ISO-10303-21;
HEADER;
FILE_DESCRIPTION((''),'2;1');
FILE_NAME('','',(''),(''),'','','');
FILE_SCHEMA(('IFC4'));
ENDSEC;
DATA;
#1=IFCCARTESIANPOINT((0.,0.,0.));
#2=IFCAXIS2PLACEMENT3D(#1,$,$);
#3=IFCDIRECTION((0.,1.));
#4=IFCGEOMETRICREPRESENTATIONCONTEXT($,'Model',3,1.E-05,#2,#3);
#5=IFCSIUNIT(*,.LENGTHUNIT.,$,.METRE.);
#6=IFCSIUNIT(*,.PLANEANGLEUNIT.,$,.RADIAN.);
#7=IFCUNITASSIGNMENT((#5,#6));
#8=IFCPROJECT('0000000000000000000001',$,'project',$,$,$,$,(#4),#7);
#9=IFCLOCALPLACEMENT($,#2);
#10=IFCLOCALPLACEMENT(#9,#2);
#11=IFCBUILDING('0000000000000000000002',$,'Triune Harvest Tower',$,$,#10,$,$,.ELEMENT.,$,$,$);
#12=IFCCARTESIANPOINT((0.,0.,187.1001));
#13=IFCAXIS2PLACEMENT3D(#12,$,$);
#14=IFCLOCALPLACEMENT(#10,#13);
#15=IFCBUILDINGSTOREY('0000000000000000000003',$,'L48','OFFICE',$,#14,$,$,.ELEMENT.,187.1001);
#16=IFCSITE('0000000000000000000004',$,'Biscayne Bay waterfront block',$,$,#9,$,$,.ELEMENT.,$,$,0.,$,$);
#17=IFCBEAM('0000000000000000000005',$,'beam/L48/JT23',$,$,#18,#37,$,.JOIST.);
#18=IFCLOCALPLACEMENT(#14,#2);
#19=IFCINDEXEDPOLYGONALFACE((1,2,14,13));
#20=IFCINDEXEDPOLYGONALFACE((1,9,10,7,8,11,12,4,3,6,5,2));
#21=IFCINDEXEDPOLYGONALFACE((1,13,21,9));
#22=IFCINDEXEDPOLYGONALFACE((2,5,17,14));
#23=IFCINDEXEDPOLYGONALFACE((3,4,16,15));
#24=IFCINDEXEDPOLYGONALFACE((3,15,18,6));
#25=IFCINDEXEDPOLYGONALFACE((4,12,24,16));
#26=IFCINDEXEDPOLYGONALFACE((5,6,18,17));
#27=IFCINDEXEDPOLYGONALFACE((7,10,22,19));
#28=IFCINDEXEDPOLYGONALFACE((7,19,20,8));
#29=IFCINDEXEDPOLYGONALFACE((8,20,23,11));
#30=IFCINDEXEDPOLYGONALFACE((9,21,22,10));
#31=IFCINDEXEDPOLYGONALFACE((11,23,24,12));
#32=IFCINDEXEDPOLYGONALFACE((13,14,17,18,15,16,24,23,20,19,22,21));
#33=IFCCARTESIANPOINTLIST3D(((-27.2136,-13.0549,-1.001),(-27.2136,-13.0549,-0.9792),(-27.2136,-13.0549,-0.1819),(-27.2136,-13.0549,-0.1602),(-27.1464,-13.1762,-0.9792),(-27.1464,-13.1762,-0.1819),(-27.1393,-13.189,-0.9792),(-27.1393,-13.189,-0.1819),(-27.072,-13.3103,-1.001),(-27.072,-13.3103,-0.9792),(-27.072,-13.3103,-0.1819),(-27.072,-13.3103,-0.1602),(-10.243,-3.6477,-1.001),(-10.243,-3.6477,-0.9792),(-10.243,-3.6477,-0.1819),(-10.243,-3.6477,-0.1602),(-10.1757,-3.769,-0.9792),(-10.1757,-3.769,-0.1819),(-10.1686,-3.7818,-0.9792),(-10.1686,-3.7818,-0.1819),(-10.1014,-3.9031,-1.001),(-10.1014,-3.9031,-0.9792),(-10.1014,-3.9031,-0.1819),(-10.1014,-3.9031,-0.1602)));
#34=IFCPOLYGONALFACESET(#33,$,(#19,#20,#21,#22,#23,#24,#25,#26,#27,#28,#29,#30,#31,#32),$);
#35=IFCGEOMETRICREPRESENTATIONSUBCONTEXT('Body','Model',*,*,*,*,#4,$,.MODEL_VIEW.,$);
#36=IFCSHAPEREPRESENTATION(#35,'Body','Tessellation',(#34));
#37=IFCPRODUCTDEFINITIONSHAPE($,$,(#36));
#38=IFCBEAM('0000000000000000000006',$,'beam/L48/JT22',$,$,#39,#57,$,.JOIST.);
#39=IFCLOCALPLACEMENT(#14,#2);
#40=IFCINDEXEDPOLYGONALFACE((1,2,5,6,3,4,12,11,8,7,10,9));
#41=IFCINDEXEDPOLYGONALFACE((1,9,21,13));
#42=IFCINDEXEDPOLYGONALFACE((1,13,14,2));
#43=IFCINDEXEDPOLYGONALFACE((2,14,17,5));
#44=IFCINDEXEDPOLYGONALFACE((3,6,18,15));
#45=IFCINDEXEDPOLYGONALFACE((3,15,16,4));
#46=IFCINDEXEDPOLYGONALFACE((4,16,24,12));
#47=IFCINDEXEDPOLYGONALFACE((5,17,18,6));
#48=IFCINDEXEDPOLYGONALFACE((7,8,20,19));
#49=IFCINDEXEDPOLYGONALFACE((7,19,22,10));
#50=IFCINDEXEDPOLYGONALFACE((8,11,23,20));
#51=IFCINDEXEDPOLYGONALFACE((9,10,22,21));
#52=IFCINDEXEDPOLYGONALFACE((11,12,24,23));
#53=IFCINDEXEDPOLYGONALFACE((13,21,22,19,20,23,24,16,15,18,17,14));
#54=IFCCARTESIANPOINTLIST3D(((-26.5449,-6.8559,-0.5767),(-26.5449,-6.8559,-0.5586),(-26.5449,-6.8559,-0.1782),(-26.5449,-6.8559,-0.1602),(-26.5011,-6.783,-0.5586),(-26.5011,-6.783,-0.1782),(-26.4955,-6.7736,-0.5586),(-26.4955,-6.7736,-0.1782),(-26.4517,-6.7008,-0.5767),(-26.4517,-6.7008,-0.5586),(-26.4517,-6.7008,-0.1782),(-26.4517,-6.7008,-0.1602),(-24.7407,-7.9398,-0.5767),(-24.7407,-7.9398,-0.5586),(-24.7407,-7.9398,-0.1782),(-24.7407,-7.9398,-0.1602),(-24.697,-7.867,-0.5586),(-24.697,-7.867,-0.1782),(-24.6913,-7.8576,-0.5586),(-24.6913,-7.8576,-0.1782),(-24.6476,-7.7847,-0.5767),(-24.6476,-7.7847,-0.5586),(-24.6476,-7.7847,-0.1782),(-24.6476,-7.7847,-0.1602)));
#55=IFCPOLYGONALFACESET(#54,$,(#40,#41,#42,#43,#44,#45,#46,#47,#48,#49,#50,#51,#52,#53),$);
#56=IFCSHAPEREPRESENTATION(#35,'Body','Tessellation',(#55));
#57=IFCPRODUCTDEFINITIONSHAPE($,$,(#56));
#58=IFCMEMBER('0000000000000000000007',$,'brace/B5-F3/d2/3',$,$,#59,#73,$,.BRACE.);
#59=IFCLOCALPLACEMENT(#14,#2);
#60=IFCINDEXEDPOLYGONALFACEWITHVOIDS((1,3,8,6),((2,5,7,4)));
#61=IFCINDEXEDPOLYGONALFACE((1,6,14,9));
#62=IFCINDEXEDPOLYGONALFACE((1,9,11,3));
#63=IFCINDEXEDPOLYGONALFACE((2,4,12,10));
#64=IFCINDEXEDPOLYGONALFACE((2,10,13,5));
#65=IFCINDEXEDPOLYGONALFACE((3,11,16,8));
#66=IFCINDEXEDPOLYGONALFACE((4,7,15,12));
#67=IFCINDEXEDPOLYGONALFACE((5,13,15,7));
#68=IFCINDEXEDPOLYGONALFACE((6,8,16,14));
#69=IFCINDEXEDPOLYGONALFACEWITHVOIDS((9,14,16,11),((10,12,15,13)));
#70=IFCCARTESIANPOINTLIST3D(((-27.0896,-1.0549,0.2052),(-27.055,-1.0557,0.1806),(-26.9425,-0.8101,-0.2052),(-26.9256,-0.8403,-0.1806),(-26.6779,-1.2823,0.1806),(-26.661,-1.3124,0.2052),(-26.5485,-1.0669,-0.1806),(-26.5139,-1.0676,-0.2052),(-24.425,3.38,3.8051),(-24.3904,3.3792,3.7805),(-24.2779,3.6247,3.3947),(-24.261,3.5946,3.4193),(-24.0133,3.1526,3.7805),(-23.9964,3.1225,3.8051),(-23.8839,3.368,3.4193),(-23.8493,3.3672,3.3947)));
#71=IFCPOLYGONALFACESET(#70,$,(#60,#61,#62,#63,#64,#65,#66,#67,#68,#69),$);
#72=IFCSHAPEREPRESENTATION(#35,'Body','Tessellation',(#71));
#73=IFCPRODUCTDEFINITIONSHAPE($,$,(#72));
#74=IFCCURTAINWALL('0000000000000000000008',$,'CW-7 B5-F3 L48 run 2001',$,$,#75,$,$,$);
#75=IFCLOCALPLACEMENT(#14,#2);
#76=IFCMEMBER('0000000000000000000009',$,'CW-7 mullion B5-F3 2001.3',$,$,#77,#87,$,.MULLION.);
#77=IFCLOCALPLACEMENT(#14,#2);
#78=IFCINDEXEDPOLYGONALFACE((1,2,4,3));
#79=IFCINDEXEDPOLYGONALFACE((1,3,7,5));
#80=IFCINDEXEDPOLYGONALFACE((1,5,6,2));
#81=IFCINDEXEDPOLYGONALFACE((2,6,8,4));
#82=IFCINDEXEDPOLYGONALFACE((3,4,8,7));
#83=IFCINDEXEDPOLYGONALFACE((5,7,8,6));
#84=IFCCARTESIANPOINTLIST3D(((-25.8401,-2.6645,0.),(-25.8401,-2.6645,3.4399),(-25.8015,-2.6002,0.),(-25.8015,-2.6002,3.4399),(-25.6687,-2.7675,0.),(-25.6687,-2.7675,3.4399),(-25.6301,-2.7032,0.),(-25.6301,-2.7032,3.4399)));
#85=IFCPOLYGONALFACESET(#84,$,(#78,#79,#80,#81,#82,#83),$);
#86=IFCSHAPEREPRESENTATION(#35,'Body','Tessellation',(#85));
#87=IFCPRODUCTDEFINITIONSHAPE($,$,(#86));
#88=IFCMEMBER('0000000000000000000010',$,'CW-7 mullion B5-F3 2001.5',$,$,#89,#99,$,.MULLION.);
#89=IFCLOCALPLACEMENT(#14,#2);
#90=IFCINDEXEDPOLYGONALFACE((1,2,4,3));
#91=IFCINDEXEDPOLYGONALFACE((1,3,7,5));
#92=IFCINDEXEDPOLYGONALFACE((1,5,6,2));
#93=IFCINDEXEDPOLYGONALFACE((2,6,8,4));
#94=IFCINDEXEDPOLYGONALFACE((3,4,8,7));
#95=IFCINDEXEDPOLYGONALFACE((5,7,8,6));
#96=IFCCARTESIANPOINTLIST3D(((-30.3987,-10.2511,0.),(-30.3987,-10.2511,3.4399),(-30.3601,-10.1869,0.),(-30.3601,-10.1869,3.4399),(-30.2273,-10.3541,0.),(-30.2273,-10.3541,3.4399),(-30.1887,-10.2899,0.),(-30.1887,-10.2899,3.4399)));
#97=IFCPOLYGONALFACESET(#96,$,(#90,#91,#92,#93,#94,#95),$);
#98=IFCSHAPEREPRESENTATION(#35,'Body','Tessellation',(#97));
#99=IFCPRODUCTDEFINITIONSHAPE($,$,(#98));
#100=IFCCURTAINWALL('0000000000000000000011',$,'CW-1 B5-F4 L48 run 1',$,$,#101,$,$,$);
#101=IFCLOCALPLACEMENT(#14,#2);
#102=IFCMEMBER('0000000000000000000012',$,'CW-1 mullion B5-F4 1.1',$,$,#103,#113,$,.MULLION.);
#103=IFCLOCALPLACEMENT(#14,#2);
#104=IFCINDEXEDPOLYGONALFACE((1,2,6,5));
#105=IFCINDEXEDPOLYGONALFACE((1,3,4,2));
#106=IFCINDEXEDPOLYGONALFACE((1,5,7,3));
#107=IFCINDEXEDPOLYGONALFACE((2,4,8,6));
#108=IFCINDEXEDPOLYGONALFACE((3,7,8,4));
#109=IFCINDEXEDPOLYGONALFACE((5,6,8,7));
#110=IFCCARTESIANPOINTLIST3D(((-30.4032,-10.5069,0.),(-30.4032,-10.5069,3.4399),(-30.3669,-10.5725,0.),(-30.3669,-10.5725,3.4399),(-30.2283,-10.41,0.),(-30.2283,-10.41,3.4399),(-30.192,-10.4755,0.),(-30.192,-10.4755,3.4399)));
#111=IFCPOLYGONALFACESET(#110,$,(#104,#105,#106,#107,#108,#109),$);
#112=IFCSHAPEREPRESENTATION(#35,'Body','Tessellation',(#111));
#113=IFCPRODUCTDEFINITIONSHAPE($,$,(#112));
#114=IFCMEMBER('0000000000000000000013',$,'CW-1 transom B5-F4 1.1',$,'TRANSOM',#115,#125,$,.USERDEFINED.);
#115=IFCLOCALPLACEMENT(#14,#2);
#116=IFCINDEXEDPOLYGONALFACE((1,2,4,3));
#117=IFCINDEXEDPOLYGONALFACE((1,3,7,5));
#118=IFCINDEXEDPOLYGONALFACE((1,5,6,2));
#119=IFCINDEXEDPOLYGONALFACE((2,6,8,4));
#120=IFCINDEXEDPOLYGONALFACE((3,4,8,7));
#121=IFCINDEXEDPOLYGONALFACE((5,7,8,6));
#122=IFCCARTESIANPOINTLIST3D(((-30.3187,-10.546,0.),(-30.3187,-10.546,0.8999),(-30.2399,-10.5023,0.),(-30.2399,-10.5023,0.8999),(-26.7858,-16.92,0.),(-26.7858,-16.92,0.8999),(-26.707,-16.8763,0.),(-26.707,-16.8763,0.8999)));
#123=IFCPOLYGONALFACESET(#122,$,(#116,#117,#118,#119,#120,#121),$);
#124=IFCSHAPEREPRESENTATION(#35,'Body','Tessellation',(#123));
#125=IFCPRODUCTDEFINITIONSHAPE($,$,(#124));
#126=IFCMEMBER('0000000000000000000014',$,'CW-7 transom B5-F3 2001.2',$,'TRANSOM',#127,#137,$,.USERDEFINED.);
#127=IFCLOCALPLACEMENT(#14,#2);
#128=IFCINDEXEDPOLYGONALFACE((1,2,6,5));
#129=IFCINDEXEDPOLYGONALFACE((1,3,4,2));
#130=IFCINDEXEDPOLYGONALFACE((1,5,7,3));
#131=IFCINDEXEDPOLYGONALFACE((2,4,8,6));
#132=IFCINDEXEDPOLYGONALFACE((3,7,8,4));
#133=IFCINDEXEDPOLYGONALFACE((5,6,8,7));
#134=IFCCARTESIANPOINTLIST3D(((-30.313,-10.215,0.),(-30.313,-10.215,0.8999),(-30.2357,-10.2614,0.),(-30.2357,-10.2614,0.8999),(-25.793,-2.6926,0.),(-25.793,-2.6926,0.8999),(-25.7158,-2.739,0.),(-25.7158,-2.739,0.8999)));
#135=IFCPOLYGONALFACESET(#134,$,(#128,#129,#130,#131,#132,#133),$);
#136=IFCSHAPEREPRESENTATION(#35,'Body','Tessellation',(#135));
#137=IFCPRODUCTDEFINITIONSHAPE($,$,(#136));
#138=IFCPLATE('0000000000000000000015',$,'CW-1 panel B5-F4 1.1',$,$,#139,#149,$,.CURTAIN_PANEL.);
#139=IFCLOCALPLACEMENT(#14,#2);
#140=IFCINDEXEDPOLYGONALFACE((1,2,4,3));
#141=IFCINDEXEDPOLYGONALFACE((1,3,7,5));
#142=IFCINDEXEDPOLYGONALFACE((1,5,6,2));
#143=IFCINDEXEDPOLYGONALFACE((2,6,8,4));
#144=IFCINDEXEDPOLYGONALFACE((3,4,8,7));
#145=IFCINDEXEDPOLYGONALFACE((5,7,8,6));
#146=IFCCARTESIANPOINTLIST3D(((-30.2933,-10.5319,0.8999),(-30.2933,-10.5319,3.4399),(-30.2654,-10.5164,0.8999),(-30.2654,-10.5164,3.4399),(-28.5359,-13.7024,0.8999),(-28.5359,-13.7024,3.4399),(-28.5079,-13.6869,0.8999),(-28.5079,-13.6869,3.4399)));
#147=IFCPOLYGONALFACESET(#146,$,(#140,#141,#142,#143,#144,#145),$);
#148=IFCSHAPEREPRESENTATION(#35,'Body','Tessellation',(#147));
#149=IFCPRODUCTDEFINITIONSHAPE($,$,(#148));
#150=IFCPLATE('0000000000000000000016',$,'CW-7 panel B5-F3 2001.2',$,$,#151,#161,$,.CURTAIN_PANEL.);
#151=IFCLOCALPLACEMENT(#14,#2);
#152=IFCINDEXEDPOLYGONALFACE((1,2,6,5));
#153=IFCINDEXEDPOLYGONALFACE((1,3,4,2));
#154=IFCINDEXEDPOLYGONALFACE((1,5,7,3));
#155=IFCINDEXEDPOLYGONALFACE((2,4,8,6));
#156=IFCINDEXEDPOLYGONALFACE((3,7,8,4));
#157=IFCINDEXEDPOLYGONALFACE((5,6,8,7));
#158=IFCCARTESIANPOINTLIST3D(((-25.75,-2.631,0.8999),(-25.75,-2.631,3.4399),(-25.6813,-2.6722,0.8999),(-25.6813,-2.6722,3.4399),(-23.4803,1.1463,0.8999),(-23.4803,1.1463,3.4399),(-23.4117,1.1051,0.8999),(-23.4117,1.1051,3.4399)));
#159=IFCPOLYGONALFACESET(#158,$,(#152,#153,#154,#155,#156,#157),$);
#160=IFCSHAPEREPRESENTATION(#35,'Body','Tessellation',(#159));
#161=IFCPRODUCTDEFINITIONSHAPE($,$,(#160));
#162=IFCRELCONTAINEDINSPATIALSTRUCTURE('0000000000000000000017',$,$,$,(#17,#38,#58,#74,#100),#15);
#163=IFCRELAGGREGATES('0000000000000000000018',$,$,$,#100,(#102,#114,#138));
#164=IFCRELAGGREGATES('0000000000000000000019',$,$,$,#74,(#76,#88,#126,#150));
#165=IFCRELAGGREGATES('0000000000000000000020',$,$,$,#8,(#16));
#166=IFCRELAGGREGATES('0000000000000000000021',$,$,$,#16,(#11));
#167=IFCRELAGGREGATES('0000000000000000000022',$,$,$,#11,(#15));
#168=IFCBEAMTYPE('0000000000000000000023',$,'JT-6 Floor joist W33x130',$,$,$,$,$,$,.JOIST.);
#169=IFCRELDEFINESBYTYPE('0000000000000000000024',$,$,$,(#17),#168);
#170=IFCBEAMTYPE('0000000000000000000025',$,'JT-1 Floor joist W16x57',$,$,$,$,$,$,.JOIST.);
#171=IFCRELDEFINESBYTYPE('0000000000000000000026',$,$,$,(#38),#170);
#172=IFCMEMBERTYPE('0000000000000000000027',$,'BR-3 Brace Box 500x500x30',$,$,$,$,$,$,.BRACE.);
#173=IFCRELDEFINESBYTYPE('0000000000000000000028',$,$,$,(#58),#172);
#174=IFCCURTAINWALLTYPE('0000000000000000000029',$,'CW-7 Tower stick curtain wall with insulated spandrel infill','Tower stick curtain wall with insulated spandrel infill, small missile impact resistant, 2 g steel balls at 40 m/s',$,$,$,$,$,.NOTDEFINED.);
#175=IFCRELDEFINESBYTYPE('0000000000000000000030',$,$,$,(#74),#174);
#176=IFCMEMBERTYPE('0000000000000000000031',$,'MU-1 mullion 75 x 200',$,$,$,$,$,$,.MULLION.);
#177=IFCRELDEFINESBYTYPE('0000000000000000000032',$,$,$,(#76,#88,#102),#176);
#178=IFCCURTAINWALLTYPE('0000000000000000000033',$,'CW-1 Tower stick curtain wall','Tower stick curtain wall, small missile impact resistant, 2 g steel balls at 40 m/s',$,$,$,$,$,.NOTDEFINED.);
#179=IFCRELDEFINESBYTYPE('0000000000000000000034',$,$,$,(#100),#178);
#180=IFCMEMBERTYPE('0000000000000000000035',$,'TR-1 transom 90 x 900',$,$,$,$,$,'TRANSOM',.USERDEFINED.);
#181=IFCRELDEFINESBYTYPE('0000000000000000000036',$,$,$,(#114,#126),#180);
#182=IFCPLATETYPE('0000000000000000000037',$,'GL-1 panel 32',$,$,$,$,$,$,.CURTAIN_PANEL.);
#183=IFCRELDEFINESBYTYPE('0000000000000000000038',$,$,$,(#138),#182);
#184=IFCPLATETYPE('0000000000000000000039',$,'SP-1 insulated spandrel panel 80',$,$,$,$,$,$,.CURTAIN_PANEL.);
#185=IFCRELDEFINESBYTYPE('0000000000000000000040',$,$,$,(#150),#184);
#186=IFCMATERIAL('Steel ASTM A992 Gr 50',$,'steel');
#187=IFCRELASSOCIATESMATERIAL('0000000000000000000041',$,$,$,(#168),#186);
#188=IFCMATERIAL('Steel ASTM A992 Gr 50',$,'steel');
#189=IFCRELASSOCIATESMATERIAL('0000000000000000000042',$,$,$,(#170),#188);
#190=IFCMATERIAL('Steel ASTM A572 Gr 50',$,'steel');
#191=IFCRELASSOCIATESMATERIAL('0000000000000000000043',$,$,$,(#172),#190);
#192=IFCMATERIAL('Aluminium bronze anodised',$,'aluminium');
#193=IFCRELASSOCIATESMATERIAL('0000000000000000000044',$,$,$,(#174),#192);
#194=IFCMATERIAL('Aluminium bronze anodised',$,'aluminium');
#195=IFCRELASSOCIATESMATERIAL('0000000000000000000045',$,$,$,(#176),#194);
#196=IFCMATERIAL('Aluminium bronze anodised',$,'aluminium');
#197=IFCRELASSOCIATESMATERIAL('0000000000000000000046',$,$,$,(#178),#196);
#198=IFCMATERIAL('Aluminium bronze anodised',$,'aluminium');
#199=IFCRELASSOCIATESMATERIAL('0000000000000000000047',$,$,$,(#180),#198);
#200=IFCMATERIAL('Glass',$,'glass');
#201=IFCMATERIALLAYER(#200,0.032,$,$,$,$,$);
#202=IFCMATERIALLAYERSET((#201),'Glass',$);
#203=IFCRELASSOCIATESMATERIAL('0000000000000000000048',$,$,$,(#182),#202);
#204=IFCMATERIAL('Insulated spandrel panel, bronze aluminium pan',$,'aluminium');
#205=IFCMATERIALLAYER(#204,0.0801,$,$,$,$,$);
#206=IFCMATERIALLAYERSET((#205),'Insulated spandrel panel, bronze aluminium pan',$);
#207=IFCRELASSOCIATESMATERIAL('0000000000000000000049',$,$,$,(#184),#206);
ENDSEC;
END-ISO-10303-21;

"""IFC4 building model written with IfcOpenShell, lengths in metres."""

from ifc_helpers import new_model, si_unit, direction, frame, origin, origin_2d, place, context, subcontext, project, spatial, rectangle, hollow_rectangle, i_section, extrude, source, transform, mapped, material, layer, layer_set, material_profile, profile_set, type_object, element, aggregate, save


model = new_model("IFC4")

# Units and contexts
model_context = context("Model", 3, precision=1e-05, world=origin(), true_north=direction((0.0, 1.0)))
body_context = subcontext(model_context, "Body", "Model", "MODEL_VIEW")
ifc_project = project(units=[si_unit("LENGTHUNIT", "METRE"), si_unit("PLANEANGLEUNIT", "RADIAN")], contexts=[model_context])

# Site, building, storey
site_placement = place(None, origin())
site = spatial("IfcSite", under=ifc_project, at=site_placement, Name="Biscayne Bay waterfront block", CompositionType="ELEMENT", RefElevation=0.0)
building_placement = place(site_placement, origin())
building = spatial("IfcBuilding", under=site, at=building_placement, Name="Triune Harvest Tower", CompositionType="ELEMENT")
storey_placement = place(building_placement, frame((0.0, 0.0, 187.1001)))
storey = spatial("IfcBuildingStorey", under=building, at=storey_placement, Name="L48", Description="OFFICE", CompositionType="ELEMENT", Elevation=187.1001)

# Beams
ifc_material_1 = material(Name="Steel ASTM A992 Gr 50", Category="steel")
ifc_material_profile_1 = material_profile(ifc_material_1, i_section(OverallWidth=0.292, OverallDepth=0.8408, WebThickness=0.0146, FlangeThickness=0.0217, at=origin_2d()), Name="W33x130")
ifc_profile_set_1 = profile_set([ifc_material_profile_1], Name="Steel ASTM A992 Gr 50")
beam_type_1 = type_object("IfcBeamType", Name="JT-6 Floor joist W33x130", PredefinedType="JOIST", material=ifc_profile_set_1)
shared_shape_1 = source(origin(), body_context, "Body", "SweptSolid", [
    extrude(i_section(OverallWidth=0.292, OverallDepth=0.8408, WebThickness=0.0146, FlangeThickness=0.0217, at=origin_2d()), origin(), (0.0, 0.0, 1.0), 19.4036),
])
beam_1_placement = place(storey_placement, frame((-27.1428, -13.1826, -0.5806), z_axis=(0.874615, 0.484818, 0.0), x_axis=(-0.484818, 0.874615, 0.0)))
element("IfcBeam", 1, at=beam_1_placement, inside=storey, type_object=beam_type_1, Name="beam/L48/JT23", PredefinedType="JOIST", context=body_context, shape_type="MappedRepresentation", body=[
    mapped(shared_shape_1, transform((0.0, 0.0, 0.0), scale=1.0)),
])
ifc_material_2 = material(Name="Steel ASTM A992 Gr 50", Category="steel")
ifc_material_profile_2 = material_profile(ifc_material_2, i_section(OverallWidth=0.1809, OverallDepth=0.4165, WebThickness=0.011, FlangeThickness=0.0181, at=origin_2d()), Name="W16x57")
ifc_profile_set_2 = profile_set([ifc_material_profile_2], Name="Steel ASTM A992 Gr 50")
beam_type_2 = type_object("IfcBeamType", Name="JT-1 Floor joist W16x57", PredefinedType="JOIST", material=ifc_profile_set_2)
shared_shape_2 = source(origin(), body_context, "Body", "SweptSolid", [
    extrude(i_section(OverallWidth=0.1809, OverallDepth=0.4165, WebThickness=0.011, FlangeThickness=0.0181, at=origin_2d()), origin(), (0.0, 0.0, 1.0), 2.1047),
])
beam_2_placement = place(storey_placement, frame((-26.4983, -6.7783, -0.3684), z_axis=(0.857186, -0.515007, 0.0), x_axis=(0.515007, 0.857186, 0.0)))
element("IfcBeam", 2, at=beam_2_placement, inside=storey, type_object=beam_type_2, Name="beam/L48/JT22", PredefinedType="JOIST", context=body_context, shape_type="MappedRepresentation", body=[
    mapped(shared_shape_2, transform((0.0, 0.0, 0.0), scale=1.0)),
])

# Member
ifc_material_3 = material(Name="Steel ASTM A572 Gr 50", Category="steel")
ifc_material_profile_3 = material_profile(ifc_material_3, hollow_rectangle(XDim=0.5, YDim=0.5, WallThickness=0.03, at=origin_2d()), Name="Box 500x500x30")
ifc_profile_set_3 = profile_set([ifc_material_profile_3], Name="Steel ASTM A572 Gr 50")
member_type_1 = type_object("IfcMemberType", Name="BR-3 Brace Box 500x500x30", PredefinedType="BRACE", material=ifc_profile_set_3)
shared_shape_3 = source(origin(), body_context, "Body", "SweptSolid", [
    extrude(hollow_rectangle(XDim=0.5, YDim=0.5, WallThickness=0.03, at=origin_2d()), origin(), (0.0, 0.0, 1.0), 6.303),
])
member_1_placement = place(storey_placement, frame((-26.8018, -1.0613, 0.0), z_axis=(0.422751, 0.703617, 0.571144), x_axis=(-0.85718, 0.515016, 0.0)))
element("IfcMember", 3, at=member_1_placement, inside=storey, type_object=member_type_1, Name="brace/B5-F3/d2/3", PredefinedType="BRACE", context=body_context, shape_type="MappedRepresentation", body=[
    mapped(shared_shape_3, transform((0.0, 0.0, 0.0), scale=1.0)),
])

# Curtain walls, members
ifc_material_4 = material(Name="Aluminium bronze anodised", Category="aluminium")
curtain_wall_type_1 = type_object("IfcCurtainWallType", Name="CW-7 Tower stick curtain wall with insulated spandrel infill", Description="Tower stick curtain wall with insulated spandrel infill, small missile impact resistant, 2 g steel balls at 40 m/s", PredefinedType="NOTDEFINED", material=ifc_material_4)
curtain_wall_1_placement = place(storey_placement, origin())
curtain_wall_1 = element("IfcCurtainWall", 4, at=curtain_wall_1_placement, inside=storey, type_object=curtain_wall_type_1, Name="CW-7 B5-F3 L48 run 2001")
ifc_material_5 = material(Name="Aluminium bronze anodised", Category="aluminium")
ifc_material_profile_4 = material_profile(ifc_material_5, rectangle(XDim=0.2, YDim=0.075, at=origin_2d()), Name="MU-1 mullion 75 x 200")
ifc_profile_set_4 = profile_set([ifc_material_profile_4], Name="Aluminium bronze anodised")
member_type_2 = type_object("IfcMemberType", Name="MU-1 mullion 75 x 200", PredefinedType="MULLION", material=ifc_profile_set_4)
shared_shape_4 = source(origin(), body_context, "Body", "SweptSolid", [
    extrude(rectangle(XDim=0.2, YDim=0.075, at=origin_2d()), origin(), (0.0, 0.0, 1.0), 3.4399),
])
member_2_placement = place(storey_placement, frame((-25.7351, -2.6838, 0.0), z_axis=(0.0, 0.0, 1.0), x_axis=(0.857167, -0.515039, 0.0)))
member_2 = element("IfcMember", 5, at=member_2_placement, type_object=member_type_2, Name="CW-7 mullion B5-F3 2001.3", PredefinedType="MULLION", context=body_context, shape_type="MappedRepresentation", body=[
    mapped(shared_shape_4, transform((0.0, 0.0, 0.0), scale=1.0)),
])
member_3_placement = place(storey_placement, frame((-30.2937, -10.2705, 0.0), z_axis=(0.0, 0.0, 1.0), x_axis=(0.857167, -0.515039, 0.0)))
member_3 = element("IfcMember", 6, at=member_3_placement, type_object=member_type_2, Name="CW-7 mullion B5-F3 2001.5", PredefinedType="MULLION", context=body_context, shape_type="MappedRepresentation", body=[
    mapped(shared_shape_4, transform((0.0, 0.0, 0.0), scale=1.0)),
])
ifc_material_6 = material(Name="Aluminium bronze anodised", Category="aluminium")
curtain_wall_type_2 = type_object("IfcCurtainWallType", Name="CW-1 Tower stick curtain wall", Description="Tower stick curtain wall, small missile impact resistant, 2 g steel balls at 40 m/s", PredefinedType="NOTDEFINED", material=ifc_material_6)
curtain_wall_2_placement = place(storey_placement, origin())
curtain_wall_2 = element("IfcCurtainWall", 7, at=curtain_wall_2_placement, inside=storey, type_object=curtain_wall_type_2, Name="CW-1 B5-F4 L48 run 1")
member_4_placement = place(storey_placement, frame((-30.2976, -10.4912, 0.0), z_axis=(0.0, 0.0, 1.0), x_axis=(0.874624, 0.484802, 0.0)))
member_4 = element("IfcMember", 8, at=member_4_placement, type_object=member_type_2, Name="CW-1 mullion B5-F4 1.1", PredefinedType="MULLION", context=body_context, shape_type="MappedRepresentation", body=[
    mapped(shared_shape_4, transform((0.0, 0.0, 0.0), scale=1.0)),
])
ifc_material_7 = material(Name="Aluminium bronze anodised", Category="aluminium")
ifc_material_profile_5 = material_profile(ifc_material_7, rectangle(XDim=0.0901, YDim=0.8999, at=origin_2d()), Name="TR-1 transom 90 x 900")
ifc_profile_set_5 = profile_set([ifc_material_profile_5], Name="Aluminium bronze anodised")
member_type_3 = type_object("IfcMemberType", Name="TR-1 transom 90 x 900", ElementType="TRANSOM", PredefinedType="USERDEFINED", material=ifc_profile_set_5)
shared_shape_5 = source(origin(), body_context, "Body", "SweptSolid", [
    extrude(rectangle(XDim=0.0901, YDim=0.8999, at=origin_2d()), origin(), (0.0, 0.0, 1.0), 7.2876),
])
member_5_placement = place(storey_placement, frame((-30.2793, -10.5242, 0.45), z_axis=(0.484787, -0.874633, 0.0), x_axis=(0.874633, 0.484787, 0.0)))
member_5 = element("IfcMember", 9, at=member_5_placement, type_object=member_type_3, Name="CW-1 transom B5-F4 1.1", ObjectType="TRANSOM", PredefinedType="USERDEFINED", context=body_context, shape_type="MappedRepresentation", body=[
    mapped(shared_shape_5, transform((0.0, 0.0, 0.0), scale=1.0)),
])

# Member
shared_shape_6 = source(origin(), body_context, "Body", "SweptSolid", [
    extrude(rectangle(XDim=0.0901, YDim=0.8999, at=origin_2d()), origin(), (0.0, 0.0, 1.0), 8.7759),
])
member_6_placement = place(storey_placement, frame((-25.7544, -2.7158, 0.45), z_axis=(-0.515044, -0.857164, 0.0), x_axis=(0.857164, -0.515044, 0.0)))
member_6 = element("IfcMember", 10, at=member_6_placement, type_object=member_type_3, Name="CW-7 transom B5-F3 2001.2", ObjectType="TRANSOM", PredefinedType="USERDEFINED", context=body_context, shape_type="MappedRepresentation", body=[
    mapped(shared_shape_6, transform((0.0, 0.0, 0.0), scale=1.0)),
])

# Plates
ifc_material_8 = material(Name="Glass", Category="glass")
ifc_layer_1 = layer(ifc_material_8, 0.032)
ifc_layer_set_1 = layer_set([ifc_layer_1], Name="Glass")
plate_type_1 = type_object("IfcPlateType", Name="GL-1 panel 32", PredefinedType="CURTAIN_PANEL", material=ifc_layer_set_1)
shared_shape_7 = source(origin(), body_context, "Body", "SweptSolid", [
    extrude(rectangle(XDim=3.625, YDim=0.032, at=origin_2d()), origin(), (0.0, 0.0, 1.0), 2.54),
])
plate_1_placement = place(storey_placement, frame((-29.4006, -12.1094, 0.8999), z_axis=(0.0, 0.0, 1.0), x_axis=(0.484802, -0.874624, 0.0)))
plate_1 = element("IfcPlate", 11, at=plate_1_placement, type_object=plate_type_1, Name="CW-1 panel B5-F4 1.1", PredefinedType="CURTAIN_PANEL", context=body_context, shape_type="MappedRepresentation", body=[
    mapped(shared_shape_7, transform((0.0, 0.0, 0.0), scale=1.0)),
])
aggregate(curtain_wall_2, [member_4, member_5, plate_1])
ifc_material_9 = material(Name="Insulated spandrel panel, bronze aluminium pan", Category="aluminium")
ifc_layer_2 = layer(ifc_material_9, 0.0801)
ifc_layer_set_2 = layer_set([ifc_layer_2], Name="Insulated spandrel panel, bronze aluminium pan")
plate_type_2 = type_object("IfcPlateType", Name="SP-1 insulated spandrel panel 80", PredefinedType="CURTAIN_PANEL", material=ifc_layer_set_2)
shared_shape_8 = source(origin(), body_context, "Body", "SweptSolid", [
    extrude(rectangle(XDim=4.4067, YDim=0.0801, at=origin_2d()), origin(), (0.0, 0.0, 1.0), 2.54),
])
plate_2_placement = place(storey_placement, frame((-24.5808, -0.7629, 0.8999), z_axis=(0.0, 0.0, 1.0), x_axis=(-0.515039, -0.857167, 0.0)))
plate_2 = element("IfcPlate", 12, at=plate_2_placement, type_object=plate_type_2, Name="CW-7 panel B5-F3 2001.2", PredefinedType="CURTAIN_PANEL", context=body_context, shape_type="MappedRepresentation", body=[
    mapped(shared_shape_8, transform((0.0, 0.0, 0.0), scale=1.0)),
])
aggregate(curtain_wall_1, [member_2, member_3, member_6, plate_2])

save(model, "model.ifc")
